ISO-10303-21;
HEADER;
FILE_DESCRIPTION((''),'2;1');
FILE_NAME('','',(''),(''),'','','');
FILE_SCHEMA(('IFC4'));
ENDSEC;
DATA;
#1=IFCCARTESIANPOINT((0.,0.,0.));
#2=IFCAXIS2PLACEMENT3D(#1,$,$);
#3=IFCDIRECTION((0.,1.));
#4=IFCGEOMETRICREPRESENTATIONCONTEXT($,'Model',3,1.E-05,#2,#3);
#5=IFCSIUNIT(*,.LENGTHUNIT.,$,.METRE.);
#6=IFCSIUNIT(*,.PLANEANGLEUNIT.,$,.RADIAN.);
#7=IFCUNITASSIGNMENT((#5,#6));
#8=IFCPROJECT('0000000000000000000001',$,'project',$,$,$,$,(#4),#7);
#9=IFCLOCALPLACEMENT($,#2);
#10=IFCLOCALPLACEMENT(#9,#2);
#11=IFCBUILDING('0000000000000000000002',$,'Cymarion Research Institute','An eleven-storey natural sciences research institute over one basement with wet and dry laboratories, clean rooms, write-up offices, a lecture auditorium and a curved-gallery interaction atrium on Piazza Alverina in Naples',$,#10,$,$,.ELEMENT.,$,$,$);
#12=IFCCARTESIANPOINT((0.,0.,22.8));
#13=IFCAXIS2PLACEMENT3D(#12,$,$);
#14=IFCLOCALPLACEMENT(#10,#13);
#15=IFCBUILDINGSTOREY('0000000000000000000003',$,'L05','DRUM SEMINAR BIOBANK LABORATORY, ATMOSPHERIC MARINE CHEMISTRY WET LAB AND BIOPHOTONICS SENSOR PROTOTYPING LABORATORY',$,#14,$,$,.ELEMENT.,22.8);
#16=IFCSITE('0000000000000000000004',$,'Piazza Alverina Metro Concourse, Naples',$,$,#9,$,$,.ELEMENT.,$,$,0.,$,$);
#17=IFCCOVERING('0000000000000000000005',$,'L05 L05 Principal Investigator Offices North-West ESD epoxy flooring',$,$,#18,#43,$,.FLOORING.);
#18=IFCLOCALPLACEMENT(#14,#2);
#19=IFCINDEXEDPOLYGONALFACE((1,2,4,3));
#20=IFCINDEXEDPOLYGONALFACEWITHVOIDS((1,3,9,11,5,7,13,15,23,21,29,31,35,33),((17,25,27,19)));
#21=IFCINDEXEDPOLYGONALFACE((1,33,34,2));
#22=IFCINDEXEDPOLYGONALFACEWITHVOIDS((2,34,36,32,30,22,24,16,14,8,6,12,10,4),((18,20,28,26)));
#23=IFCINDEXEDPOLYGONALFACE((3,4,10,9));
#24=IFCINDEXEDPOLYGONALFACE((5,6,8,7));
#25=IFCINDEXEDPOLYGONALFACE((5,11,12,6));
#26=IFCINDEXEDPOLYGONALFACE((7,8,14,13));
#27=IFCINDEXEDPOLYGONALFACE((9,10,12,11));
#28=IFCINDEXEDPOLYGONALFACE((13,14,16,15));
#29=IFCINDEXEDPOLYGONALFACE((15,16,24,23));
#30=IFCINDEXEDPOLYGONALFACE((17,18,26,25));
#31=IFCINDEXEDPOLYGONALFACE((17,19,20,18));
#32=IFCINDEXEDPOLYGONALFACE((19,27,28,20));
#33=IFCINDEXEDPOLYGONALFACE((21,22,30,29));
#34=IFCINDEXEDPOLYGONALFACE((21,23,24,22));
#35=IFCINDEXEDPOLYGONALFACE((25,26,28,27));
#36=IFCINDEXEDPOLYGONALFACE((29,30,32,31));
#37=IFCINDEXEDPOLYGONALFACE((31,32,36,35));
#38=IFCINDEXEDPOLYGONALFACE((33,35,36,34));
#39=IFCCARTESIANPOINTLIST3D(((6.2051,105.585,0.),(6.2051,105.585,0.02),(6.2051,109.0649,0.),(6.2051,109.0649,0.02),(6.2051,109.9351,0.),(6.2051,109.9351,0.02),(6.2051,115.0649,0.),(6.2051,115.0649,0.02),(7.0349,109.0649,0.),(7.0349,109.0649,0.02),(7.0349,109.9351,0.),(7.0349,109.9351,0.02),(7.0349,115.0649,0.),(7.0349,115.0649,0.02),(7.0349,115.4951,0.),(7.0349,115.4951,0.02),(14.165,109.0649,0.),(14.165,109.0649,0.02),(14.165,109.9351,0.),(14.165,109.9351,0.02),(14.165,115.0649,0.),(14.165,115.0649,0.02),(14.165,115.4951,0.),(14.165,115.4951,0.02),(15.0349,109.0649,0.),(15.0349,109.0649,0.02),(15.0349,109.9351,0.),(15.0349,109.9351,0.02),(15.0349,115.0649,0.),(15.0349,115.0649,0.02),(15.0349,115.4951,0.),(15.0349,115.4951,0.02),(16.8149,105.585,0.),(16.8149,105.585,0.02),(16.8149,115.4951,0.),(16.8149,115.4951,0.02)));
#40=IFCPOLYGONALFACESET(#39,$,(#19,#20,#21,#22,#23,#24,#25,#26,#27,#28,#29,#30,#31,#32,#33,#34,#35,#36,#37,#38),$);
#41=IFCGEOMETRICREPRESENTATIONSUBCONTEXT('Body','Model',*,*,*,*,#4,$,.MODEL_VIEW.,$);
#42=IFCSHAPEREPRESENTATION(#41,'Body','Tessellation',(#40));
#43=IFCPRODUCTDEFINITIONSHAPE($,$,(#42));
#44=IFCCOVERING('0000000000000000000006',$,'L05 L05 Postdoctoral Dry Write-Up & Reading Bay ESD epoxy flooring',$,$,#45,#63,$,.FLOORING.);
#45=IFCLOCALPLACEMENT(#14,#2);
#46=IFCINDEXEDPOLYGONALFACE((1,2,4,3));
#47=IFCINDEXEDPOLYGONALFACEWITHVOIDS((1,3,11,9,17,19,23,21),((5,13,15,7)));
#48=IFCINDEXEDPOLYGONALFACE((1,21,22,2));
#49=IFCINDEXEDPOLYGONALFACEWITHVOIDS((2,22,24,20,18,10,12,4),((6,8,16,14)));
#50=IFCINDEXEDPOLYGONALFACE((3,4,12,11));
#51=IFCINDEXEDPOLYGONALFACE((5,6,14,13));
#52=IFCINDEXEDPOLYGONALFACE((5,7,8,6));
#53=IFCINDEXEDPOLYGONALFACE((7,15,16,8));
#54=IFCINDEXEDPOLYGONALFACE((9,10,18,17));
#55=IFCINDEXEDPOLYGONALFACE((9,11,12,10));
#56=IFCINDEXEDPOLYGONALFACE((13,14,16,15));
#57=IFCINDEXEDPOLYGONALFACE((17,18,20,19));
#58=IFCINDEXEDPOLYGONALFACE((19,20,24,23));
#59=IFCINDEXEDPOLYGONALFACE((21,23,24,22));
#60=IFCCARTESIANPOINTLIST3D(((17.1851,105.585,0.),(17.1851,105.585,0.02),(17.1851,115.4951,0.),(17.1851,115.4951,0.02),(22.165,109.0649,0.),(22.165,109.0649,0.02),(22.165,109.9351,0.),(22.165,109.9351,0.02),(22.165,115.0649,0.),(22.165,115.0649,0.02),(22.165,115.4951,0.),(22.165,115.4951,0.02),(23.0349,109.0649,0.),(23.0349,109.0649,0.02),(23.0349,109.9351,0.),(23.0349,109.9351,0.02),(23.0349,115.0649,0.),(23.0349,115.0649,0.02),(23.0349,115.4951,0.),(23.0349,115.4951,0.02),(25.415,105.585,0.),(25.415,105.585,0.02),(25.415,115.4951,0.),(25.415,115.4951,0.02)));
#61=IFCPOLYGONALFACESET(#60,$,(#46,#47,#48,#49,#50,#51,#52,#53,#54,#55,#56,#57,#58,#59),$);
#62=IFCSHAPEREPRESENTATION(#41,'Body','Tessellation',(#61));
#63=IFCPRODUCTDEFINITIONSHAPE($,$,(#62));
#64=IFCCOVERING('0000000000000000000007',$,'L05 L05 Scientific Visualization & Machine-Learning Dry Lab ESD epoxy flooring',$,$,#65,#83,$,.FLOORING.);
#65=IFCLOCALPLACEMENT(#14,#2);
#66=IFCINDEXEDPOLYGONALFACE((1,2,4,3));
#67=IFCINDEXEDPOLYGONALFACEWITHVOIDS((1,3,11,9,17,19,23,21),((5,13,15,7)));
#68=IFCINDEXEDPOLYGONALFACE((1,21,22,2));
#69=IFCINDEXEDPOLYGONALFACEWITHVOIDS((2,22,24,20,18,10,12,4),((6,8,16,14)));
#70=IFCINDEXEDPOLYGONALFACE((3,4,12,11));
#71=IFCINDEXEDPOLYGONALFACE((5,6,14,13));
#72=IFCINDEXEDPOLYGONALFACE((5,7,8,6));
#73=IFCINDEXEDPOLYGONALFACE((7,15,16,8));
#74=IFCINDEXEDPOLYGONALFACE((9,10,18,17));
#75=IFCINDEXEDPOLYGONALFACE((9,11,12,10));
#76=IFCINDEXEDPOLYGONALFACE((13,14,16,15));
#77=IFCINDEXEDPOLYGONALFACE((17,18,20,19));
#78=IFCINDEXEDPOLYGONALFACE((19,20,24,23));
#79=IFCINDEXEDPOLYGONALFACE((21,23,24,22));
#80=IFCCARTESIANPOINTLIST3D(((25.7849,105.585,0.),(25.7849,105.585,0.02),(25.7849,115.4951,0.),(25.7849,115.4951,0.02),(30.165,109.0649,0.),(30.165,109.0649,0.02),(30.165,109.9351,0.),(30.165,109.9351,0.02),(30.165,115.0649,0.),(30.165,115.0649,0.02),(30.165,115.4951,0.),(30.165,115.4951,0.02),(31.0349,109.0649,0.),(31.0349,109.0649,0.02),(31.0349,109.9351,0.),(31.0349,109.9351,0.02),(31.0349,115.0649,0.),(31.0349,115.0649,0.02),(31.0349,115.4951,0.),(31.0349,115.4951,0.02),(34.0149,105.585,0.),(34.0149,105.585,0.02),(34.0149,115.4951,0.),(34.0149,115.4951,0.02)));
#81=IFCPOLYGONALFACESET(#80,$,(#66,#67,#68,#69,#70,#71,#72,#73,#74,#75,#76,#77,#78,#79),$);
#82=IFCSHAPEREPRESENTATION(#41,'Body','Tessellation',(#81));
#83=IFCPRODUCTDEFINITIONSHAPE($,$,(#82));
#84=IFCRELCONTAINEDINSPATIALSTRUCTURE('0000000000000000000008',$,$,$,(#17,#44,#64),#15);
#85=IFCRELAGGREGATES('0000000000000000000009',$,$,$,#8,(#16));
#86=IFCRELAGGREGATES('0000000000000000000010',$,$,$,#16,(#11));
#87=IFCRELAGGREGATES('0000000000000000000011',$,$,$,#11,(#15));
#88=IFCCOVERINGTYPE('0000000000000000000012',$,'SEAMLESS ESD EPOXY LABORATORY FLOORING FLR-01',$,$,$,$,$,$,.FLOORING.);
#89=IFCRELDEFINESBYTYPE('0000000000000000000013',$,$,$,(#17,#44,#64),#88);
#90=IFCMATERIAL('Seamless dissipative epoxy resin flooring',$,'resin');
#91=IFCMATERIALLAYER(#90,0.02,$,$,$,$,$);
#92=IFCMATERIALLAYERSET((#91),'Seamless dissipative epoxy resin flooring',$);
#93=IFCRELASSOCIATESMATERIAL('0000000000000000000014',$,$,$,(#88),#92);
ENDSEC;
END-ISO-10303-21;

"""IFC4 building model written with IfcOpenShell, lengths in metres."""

from ifc_helpers import new_model, si_unit, direction, frame, origin, place, context, subcontext, project, spatial, polyline, outline, extrude, material, layer, layer_set, type_object, element, save


model = new_model("IFC4")

# Units and contexts
model_context = context("Model", 3, precision=1e-05, world=origin(), true_north=direction((0.0, 1.0)))
body_context = subcontext(model_context, "Body", "Model", "MODEL_VIEW")
ifc_project = project(units=[si_unit("LENGTHUNIT", "METRE"), si_unit("PLANEANGLEUNIT", "RADIAN")], contexts=[model_context])

# Site, building, storey
site_placement = place(None, origin())
site = spatial("IfcSite", under=ifc_project, at=site_placement, Name="Piazza Alverina Metro Concourse, Naples", CompositionType="ELEMENT", RefElevation=0.0)
building_placement = place(site_placement, origin())
building = spatial("IfcBuilding", under=site, at=building_placement, Name="Cymarion Research Institute", Description="An eleven-storey natural sciences research institute over one basement with wet and dry laboratories, clean rooms, write-up offices, a lecture auditorium and a curved-gallery interaction atrium on Piazza Alverina in Naples", CompositionType="ELEMENT")
storey_placement = place(building_placement, frame((0.0, 0.0, 22.8)))
storey = spatial("IfcBuildingStorey", under=building, at=storey_placement, Name="L05", Description="DRUM SEMINAR BIOBANK LABORATORY, ATMOSPHERIC MARINE CHEMISTRY WET LAB AND BIOPHOTONICS SENSOR PROTOTYPING LABORATORY", CompositionType="ELEMENT", Elevation=22.8)

# Coverings
ifc_material_1 = material(Name="Seamless dissipative epoxy resin flooring", Category="resin")
ifc_layer_1 = layer(ifc_material_1, 0.02)
ifc_layer_set_1 = layer_set([ifc_layer_1], Name="Seamless dissipative epoxy resin flooring")
covering_type_1 = type_object("IfcCoveringType", Name="SEAMLESS ESD EPOXY LABORATORY FLOORING FLR-01", PredefinedType="FLOORING", material=ifc_layer_set_1)
covering_1_placement = place(storey_placement, origin())
element("IfcCovering", 1, at=covering_1_placement, inside=storey, type_object=covering_type_1, Name="L05 L05 Principal Investigator Offices North-West ESD epoxy flooring", PredefinedType="FLOORING", context=body_context, shape_type="SweptSolid", body=[
    extrude(outline(polyline([(6.2051, 109.9351), (6.2051, 115.0649), (7.0349, 115.0649), (7.0349, 115.4951), (14.165, 115.4951), (14.165, 115.0649), (15.0349, 115.0649), (15.0349, 115.4951), (16.8149, 115.4951), (16.8149, 105.585), (6.2051, 105.585), (6.2051, 109.0649), (7.0349, 109.0649), (7.0349, 109.9351), (6.2051, 109.9351)]), holes=[polyline([(14.165, 109.9351), (14.165, 109.0649), (15.0349, 109.0649), (15.0349, 109.9351), (14.165, 109.9351)])]), origin(), (0.0, 0.0, 1.0), 0.02),
])
covering_2_placement = place(storey_placement, origin())
element("IfcCovering", 2, at=covering_2_placement, inside=storey, type_object=covering_type_1, Name="L05 L05 Postdoctoral Dry Write-Up & Reading Bay ESD epoxy flooring", PredefinedType="FLOORING", context=body_context, shape_type="SweptSolid", body=[
    extrude(outline(polyline([(17.1851, 105.585), (17.1851, 115.4951), (22.165, 115.4951), (22.165, 115.0649), (23.0349, 115.0649), (23.0349, 115.4951), (25.415, 115.4951), (25.415, 105.585), (17.1851, 105.585)]), holes=[polyline([(22.165, 109.9351), (22.165, 109.0649), (23.0349, 109.0649), (23.0349, 109.9351), (22.165, 109.9351)])]), origin(), (0.0, 0.0, 1.0), 0.02),
])
covering_3_placement = place(storey_placement, origin())
element("IfcCovering", 3, at=covering_3_placement, inside=storey, type_object=covering_type_1, Name="L05 L05 Scientific Visualization & Machine-Learning Dry Lab ESD epoxy flooring", PredefinedType="FLOORING", context=body_context, shape_type="SweptSolid", body=[
    extrude(outline(polyline([(25.7849, 105.585), (25.7849, 115.4951), (30.165, 115.4951), (30.165, 115.0649), (31.0349, 115.0649), (31.0349, 115.4951), (34.0149, 115.4951), (34.0149, 105.585), (25.7849, 105.585)]), holes=[polyline([(30.165, 109.9351), (30.165, 109.0649), (31.0349, 109.0649), (31.0349, 109.9351), (30.165, 109.9351)])]), origin(), (0.0, 0.0, 1.0), 0.02),
])

save(model, "model.ifc")
